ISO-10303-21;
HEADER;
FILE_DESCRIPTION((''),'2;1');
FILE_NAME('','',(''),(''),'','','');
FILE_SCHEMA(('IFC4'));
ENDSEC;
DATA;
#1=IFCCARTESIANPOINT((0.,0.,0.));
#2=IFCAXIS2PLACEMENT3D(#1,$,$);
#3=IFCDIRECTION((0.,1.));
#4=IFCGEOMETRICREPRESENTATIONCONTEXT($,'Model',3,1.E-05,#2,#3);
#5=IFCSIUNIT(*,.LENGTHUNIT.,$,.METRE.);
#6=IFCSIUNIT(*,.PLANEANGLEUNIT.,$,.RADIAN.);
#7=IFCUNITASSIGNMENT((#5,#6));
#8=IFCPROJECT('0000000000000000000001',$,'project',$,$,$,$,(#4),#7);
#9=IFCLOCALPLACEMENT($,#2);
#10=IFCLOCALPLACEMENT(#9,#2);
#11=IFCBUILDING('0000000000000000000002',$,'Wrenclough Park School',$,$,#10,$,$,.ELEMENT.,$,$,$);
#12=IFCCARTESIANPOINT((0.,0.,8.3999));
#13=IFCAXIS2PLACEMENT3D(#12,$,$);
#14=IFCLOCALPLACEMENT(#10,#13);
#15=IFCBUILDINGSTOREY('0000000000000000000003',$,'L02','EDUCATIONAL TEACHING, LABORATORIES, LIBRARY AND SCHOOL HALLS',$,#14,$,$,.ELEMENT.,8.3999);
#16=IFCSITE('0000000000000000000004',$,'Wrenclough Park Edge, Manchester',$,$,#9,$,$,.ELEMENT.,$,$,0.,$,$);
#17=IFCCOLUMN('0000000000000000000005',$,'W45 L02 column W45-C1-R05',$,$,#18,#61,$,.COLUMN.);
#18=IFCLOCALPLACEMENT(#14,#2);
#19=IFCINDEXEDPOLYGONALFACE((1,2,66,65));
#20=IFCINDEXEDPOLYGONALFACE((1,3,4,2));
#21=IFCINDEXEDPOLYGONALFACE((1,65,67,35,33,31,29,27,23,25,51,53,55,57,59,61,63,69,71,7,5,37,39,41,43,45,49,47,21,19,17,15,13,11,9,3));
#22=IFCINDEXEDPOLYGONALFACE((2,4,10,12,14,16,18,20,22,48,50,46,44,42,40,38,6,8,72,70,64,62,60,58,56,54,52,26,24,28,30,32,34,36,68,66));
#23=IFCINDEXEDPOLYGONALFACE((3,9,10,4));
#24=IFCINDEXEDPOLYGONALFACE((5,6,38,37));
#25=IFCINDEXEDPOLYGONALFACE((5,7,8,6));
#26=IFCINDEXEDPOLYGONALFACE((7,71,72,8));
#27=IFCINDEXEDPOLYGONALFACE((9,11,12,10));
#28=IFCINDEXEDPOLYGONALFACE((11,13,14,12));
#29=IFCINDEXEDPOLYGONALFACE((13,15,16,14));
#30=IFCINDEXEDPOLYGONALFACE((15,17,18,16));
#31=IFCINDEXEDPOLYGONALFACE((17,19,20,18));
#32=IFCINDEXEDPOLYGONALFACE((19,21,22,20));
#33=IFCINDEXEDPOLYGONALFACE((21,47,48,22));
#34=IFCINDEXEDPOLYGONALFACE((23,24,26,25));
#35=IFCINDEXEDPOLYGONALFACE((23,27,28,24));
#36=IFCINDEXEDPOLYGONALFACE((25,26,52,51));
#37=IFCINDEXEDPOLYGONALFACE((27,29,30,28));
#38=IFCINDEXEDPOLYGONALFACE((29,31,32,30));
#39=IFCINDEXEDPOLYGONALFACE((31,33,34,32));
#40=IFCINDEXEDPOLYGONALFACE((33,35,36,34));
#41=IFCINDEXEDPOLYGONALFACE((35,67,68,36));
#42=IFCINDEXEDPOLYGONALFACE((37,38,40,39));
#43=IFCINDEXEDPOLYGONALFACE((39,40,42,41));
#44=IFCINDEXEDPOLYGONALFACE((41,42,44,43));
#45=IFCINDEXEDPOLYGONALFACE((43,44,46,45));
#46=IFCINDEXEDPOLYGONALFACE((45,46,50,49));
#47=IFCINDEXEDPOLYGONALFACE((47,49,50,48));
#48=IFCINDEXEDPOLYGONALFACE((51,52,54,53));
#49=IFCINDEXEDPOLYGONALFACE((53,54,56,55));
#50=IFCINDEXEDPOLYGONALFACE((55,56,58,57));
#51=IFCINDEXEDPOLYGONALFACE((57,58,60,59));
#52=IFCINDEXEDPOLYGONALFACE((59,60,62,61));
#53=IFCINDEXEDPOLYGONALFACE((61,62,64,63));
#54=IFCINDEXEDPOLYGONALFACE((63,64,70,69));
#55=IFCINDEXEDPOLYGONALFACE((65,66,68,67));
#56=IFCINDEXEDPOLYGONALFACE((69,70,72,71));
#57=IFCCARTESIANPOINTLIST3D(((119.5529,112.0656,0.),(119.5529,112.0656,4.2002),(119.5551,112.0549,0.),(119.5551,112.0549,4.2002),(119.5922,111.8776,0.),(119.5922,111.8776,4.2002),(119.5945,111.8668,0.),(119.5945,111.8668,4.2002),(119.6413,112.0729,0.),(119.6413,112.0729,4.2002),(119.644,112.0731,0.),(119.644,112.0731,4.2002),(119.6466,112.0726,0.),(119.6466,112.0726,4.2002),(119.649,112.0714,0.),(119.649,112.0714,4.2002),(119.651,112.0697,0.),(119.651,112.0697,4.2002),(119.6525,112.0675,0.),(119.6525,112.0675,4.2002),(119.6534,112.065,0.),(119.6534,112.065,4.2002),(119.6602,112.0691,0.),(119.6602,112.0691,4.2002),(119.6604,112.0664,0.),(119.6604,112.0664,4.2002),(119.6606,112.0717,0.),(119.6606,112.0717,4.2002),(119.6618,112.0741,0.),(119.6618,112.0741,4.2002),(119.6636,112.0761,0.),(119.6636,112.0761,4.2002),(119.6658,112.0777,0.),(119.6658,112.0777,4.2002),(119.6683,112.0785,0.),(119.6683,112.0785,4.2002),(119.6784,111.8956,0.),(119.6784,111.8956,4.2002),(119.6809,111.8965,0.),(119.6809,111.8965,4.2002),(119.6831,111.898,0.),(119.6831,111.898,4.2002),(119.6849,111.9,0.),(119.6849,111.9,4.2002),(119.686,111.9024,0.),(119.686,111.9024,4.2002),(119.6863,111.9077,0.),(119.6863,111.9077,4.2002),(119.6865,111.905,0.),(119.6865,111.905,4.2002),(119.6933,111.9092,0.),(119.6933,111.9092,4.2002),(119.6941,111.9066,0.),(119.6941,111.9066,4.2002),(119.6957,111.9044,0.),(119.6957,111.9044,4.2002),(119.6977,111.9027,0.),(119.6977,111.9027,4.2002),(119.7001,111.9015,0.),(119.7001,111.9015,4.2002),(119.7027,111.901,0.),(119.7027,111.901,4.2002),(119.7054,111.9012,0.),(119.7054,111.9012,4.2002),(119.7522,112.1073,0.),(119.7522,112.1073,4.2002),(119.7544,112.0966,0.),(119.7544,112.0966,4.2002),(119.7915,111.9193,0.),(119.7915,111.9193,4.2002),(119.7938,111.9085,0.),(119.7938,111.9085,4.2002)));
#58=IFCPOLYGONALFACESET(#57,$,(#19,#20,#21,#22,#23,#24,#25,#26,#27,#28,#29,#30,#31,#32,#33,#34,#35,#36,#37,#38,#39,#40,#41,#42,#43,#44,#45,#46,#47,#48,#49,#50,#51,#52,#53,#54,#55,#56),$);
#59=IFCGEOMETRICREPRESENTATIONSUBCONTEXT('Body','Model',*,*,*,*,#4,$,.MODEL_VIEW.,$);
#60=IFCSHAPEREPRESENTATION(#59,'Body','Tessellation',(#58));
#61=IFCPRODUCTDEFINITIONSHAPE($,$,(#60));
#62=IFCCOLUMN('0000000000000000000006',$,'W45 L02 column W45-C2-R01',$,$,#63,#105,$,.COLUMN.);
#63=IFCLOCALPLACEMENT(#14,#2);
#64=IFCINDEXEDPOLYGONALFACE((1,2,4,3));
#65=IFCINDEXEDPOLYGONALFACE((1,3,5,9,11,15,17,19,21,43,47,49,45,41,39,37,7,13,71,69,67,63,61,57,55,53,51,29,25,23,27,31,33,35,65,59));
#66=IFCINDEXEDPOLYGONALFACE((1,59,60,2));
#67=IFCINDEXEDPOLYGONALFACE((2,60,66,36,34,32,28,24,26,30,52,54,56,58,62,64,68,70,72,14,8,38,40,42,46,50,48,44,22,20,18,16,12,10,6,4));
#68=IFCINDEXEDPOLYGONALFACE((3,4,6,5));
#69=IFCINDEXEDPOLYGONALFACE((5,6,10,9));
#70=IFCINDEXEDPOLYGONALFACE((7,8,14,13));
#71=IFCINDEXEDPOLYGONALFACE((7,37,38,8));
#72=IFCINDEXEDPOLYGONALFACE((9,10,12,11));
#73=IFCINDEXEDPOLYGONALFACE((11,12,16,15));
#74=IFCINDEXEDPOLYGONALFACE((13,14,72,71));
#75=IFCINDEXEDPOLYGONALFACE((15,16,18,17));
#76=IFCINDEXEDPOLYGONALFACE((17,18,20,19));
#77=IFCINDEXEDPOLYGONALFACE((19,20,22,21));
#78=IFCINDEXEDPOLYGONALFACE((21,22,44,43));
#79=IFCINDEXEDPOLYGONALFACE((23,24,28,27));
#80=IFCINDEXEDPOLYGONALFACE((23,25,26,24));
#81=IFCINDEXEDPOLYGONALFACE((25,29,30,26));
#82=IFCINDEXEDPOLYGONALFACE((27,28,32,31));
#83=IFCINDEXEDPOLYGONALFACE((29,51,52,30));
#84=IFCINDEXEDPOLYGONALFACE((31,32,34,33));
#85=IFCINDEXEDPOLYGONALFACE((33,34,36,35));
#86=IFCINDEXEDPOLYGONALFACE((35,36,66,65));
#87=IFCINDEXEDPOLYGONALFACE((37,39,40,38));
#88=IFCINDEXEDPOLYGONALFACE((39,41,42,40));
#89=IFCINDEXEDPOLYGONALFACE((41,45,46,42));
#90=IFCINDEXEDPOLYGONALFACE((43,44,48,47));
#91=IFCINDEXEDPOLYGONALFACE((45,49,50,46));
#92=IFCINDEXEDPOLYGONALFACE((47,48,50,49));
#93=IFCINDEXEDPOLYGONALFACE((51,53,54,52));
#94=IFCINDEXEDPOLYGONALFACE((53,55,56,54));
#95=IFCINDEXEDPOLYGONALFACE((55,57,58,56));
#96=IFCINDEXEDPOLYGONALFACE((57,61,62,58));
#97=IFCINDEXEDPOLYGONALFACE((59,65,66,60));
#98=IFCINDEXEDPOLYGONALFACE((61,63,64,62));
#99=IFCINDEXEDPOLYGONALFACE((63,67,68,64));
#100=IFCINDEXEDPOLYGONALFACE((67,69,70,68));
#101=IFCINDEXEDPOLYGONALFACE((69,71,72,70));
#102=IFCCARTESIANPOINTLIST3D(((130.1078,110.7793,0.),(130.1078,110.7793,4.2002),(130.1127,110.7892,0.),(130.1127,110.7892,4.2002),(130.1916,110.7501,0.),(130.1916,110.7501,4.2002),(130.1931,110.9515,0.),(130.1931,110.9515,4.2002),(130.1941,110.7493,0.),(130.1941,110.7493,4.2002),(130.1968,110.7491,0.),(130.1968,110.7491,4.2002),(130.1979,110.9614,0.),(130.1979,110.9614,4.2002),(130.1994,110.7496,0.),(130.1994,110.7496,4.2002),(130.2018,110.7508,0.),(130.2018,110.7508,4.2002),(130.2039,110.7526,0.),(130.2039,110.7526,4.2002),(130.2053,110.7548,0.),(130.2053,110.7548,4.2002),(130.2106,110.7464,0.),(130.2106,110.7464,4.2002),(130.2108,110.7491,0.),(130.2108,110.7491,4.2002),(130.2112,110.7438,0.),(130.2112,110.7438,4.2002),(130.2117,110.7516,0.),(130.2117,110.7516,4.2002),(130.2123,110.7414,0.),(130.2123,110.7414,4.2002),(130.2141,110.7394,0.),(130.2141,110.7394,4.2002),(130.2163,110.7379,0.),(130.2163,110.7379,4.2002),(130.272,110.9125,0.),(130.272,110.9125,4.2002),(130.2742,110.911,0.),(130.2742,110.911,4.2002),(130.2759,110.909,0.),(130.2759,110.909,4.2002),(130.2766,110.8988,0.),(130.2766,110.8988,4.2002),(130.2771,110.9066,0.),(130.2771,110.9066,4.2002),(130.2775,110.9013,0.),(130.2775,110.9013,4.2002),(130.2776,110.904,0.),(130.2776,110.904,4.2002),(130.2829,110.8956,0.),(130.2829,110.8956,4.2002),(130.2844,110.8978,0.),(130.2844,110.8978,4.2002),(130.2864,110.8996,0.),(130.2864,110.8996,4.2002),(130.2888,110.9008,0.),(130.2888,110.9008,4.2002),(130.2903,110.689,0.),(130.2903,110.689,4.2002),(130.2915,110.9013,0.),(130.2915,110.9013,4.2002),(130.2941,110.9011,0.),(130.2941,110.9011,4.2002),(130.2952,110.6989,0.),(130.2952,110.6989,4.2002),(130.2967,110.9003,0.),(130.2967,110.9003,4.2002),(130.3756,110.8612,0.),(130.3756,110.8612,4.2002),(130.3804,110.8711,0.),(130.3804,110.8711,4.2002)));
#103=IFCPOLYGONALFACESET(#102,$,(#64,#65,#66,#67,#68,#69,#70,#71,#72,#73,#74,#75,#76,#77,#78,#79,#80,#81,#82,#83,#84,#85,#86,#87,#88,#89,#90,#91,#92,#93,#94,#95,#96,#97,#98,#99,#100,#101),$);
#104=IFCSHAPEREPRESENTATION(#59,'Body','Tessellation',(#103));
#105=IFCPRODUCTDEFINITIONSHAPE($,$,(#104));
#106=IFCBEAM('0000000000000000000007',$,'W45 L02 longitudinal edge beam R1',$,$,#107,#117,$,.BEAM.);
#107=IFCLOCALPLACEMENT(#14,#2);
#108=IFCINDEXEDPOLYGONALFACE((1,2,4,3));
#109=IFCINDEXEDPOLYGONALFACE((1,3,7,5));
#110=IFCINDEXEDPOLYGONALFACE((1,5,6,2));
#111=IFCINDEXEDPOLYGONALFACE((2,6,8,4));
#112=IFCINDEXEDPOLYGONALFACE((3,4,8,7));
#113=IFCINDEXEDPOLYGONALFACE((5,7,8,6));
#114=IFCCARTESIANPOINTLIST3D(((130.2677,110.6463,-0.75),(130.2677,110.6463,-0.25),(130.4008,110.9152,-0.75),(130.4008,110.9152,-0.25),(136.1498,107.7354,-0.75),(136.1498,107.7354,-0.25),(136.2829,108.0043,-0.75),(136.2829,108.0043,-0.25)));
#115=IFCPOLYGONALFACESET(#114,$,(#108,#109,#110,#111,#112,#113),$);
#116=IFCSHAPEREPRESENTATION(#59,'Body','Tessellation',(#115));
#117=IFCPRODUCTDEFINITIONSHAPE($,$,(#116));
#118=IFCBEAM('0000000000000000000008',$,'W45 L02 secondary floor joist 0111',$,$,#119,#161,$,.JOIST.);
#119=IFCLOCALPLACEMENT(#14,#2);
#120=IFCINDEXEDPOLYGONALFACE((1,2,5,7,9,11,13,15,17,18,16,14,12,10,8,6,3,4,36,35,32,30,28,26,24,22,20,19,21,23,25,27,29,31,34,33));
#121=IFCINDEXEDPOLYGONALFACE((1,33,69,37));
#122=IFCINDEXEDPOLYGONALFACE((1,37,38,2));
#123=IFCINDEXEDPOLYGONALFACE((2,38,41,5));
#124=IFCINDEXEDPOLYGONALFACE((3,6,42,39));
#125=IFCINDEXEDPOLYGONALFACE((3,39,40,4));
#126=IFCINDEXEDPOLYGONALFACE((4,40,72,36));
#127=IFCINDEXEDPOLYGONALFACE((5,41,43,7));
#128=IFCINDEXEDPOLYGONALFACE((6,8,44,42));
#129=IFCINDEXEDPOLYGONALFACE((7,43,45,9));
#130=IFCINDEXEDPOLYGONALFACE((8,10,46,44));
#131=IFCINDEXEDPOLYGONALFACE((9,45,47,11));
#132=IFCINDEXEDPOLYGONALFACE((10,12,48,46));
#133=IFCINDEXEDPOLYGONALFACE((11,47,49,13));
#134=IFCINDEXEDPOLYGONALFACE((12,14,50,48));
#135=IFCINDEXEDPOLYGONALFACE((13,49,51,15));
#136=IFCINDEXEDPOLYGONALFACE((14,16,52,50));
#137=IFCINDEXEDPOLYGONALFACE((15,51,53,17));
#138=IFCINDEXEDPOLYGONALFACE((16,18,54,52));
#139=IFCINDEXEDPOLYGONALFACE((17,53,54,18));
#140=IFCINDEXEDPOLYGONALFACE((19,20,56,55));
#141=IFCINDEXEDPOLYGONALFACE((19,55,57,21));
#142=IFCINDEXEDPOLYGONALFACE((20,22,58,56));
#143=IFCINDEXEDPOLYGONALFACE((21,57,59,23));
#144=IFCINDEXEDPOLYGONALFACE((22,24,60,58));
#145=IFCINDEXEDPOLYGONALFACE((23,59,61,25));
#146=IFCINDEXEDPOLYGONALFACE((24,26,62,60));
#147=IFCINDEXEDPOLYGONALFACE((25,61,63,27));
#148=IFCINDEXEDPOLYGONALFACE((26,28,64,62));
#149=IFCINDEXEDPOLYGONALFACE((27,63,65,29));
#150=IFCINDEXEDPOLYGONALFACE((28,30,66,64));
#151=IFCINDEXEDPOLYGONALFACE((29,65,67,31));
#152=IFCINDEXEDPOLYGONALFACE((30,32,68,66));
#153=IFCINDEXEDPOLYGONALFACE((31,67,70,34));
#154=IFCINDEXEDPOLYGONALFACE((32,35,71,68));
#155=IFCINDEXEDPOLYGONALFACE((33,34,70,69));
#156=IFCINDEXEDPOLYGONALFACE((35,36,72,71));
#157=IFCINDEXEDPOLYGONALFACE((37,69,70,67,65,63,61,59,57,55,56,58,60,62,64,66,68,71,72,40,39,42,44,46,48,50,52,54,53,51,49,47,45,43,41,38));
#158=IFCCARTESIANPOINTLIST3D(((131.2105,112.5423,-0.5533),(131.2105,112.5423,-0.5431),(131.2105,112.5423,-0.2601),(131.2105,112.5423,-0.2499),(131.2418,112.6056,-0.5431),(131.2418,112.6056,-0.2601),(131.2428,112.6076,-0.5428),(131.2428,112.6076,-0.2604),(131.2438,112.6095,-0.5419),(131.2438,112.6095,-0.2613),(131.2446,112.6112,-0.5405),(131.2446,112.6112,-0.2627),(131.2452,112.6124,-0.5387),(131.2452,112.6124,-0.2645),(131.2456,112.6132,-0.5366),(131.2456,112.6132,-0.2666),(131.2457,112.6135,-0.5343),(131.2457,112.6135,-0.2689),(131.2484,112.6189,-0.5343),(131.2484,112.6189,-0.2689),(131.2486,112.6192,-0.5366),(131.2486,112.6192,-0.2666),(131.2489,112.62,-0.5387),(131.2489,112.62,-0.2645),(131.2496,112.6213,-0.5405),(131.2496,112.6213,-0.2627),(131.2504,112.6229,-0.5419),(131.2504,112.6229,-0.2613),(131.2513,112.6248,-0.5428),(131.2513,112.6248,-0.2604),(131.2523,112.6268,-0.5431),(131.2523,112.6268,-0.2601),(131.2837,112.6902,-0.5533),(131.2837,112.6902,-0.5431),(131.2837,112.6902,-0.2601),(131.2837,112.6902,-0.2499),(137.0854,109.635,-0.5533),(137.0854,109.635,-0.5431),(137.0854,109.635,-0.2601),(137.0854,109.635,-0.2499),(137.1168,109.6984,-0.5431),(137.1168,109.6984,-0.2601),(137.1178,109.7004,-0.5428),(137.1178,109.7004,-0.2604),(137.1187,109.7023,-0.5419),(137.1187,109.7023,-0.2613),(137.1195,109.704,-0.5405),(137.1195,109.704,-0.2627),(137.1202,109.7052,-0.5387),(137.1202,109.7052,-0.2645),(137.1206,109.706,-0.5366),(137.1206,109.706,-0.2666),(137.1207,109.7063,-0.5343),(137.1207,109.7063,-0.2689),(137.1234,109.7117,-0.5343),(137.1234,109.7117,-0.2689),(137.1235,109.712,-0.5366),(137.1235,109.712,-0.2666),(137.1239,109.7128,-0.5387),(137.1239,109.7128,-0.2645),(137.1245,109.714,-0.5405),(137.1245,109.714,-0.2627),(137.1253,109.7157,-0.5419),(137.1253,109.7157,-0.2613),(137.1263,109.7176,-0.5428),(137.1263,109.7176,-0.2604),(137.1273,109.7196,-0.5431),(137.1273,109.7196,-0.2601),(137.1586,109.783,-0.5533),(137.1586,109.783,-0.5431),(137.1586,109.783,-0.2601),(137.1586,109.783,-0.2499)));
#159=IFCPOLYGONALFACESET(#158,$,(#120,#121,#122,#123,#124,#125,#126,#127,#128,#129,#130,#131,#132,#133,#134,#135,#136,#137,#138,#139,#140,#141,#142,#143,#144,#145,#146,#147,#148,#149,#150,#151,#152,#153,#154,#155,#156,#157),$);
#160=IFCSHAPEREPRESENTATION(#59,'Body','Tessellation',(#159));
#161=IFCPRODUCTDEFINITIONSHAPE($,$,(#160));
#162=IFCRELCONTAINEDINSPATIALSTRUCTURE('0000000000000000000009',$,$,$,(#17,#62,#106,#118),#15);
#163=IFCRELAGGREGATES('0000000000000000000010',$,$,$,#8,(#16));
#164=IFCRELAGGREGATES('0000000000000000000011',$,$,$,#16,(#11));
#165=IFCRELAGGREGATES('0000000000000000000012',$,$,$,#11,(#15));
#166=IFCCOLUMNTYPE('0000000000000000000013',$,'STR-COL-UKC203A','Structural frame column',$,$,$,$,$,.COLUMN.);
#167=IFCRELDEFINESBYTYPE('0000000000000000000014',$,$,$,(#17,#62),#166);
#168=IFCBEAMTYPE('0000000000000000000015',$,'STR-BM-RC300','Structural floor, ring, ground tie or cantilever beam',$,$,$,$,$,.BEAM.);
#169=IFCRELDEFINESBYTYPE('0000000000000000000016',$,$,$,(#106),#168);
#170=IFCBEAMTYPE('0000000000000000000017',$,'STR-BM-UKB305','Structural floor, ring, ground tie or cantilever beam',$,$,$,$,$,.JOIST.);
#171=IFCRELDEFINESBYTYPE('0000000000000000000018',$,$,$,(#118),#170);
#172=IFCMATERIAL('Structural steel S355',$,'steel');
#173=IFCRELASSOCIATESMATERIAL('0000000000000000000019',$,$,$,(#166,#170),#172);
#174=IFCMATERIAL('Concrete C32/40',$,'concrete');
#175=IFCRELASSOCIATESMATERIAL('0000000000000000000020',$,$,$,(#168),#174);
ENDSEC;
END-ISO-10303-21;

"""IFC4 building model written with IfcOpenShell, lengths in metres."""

from ifc_helpers import new_model, si_unit, direction, frame, origin, origin_2d, place, context, subcontext, project, spatial, rectangle, i_section, extrude, material, material_profile, profile_set, type_object, element, save


model = new_model("IFC4")

# Units and contexts
model_context = context("Model", 3, precision=1e-05, world=origin(), true_north=direction((0.0, 1.0)))
body_context = subcontext(model_context, "Body", "Model", "MODEL_VIEW")
ifc_project = project(units=[si_unit("LENGTHUNIT", "METRE"), si_unit("PLANEANGLEUNIT", "RADIAN")], contexts=[model_context])

# Site, building, storey
site_placement = place(None, origin())
site = spatial("IfcSite", under=ifc_project, at=site_placement, Name="Wrenclough Park Edge, Manchester", CompositionType="ELEMENT", RefElevation=0.0)
building_placement = place(site_placement, origin())
building = spatial("IfcBuilding", under=site, at=building_placement, Name="Wrenclough Park School", CompositionType="ELEMENT")
storey_placement = place(building_placement, frame((0.0, 0.0, 8.3999)))
storey = spatial("IfcBuildingStorey", under=building, at=storey_placement, Name="L02", Description="EDUCATIONAL TEACHING, LABORATORIES, LIBRARY AND SCHOOL HALLS", CompositionType="ELEMENT", Elevation=8.3999)

# Columns
ifc_material_1 = material(Name="Structural steel S355", Category="steel")
ifc_material_profile_1 = material_profile(ifc_material_1, i_section(OverallWidth=0.2036, OverallDepth=0.2031, WebThickness=0.0071, FlangeThickness=0.011, FilletRadius=0.0103, at=origin_2d()), Name="UKC 203x203x46")
ifc_profile_set_1 = profile_set([ifc_material_profile_1], Name="Structural steel S355")
column_type = type_object("IfcColumnType", Name="STR-COL-UKC203A", Description="Structural frame column", PredefinedType="COLUMN", material=ifc_profile_set_1)
for number, where, z_axis, x_axis, name in (
    (1, (119.6733, 111.9871, 0.0), (0.0, 0.0, 1.0), (0.978796, 0.204838, 0.0), "W45 L02 column W45-C1-R05"),
    (2, (130.2441, 110.8252, 0.0), (0.0, 0.0, 1.0), (0.896254, -0.443541, 0.0), "W45 L02 column W45-C2-R01"),
):
    element("IfcColumn", number, at=place(storey_placement, frame(where, z_axis=z_axis, x_axis=x_axis)), inside=storey, type_object=column_type, Name=name, PredefinedType="COLUMN", context=body_context, shape_type="SweptSolid", body=[
        extrude(i_section(OverallWidth=0.2036, OverallDepth=0.2031, WebThickness=0.0071, FlangeThickness=0.011, FilletRadius=0.0103, at=origin_2d()), origin(), (0.0, 0.0, 1.0), 4.2002),
    ])

# Beams
ifc_material_2 = material(Name="Concrete C32/40", Category="concrete")
ifc_material_profile_2 = material_profile(ifc_material_2, rectangle(XDim=0.3, YDim=0.5, at=origin_2d()), Name="RC BEAM 300x500")
ifc_profile_set_2 = profile_set([ifc_material_profile_2], Name="Concrete C32/40")
beam_type_1 = type_object("IfcBeamType", Name="STR-BM-RC300", Description="Structural floor, ring, ground tie or cantilever beam", PredefinedType="BEAM", material=ifc_profile_set_2)
beam_1_placement = place(storey_placement, frame((130.3342, 110.7808, -0.5), z_axis=(0.896257, -0.443534, 0.0), x_axis=(0.443534, 0.896257, 0.0)))
element("IfcBeam", 3, at=beam_1_placement, inside=storey, type_object=beam_type_1, Name="W45 L02 longitudinal edge beam R1", PredefinedType="BEAM", context=body_context, shape_type="SweptSolid", body=[
    extrude(rectangle(XDim=0.3, YDim=0.5, at=origin_2d()), origin(), (0.0, 0.0, 1.0), 6.563),
])
ifc_material_profile_3 = material_profile(ifc_material_1, i_section(OverallWidth=0.165, OverallDepth=0.3035, WebThickness=0.0061, FlangeThickness=0.0103, FilletRadius=0.0088, at=origin_2d()), Name="UKB 305x165x40")
ifc_profile_set_3 = profile_set([ifc_material_profile_3], Name="Structural steel S355")
beam_type_2 = type_object("IfcBeamType", Name="STR-BM-UKB305", Description="Structural floor, ring, ground tie or cantilever beam", PredefinedType="JOIST", material=ifc_profile_set_3)
beam_2_placement = place(storey_placement, frame((131.2471, 112.6162, -0.4016), z_axis=(0.896267, -0.443515, 0.0), x_axis=(0.443515, 0.896267, 0.0)))
element("IfcBeam", 4, at=beam_2_placement, inside=storey, type_object=beam_type_2, Name="W45 L02 secondary floor joist 0111", PredefinedType="JOIST", context=body_context, shape_type="SweptSolid", body=[
    extrude(i_section(OverallWidth=0.165, OverallDepth=0.3035, WebThickness=0.0061, FlangeThickness=0.0103, FilletRadius=0.0088, at=origin_2d()), origin(), (0.0, 0.0, 1.0), 6.5549),
])

save(model, "model.ifc")
